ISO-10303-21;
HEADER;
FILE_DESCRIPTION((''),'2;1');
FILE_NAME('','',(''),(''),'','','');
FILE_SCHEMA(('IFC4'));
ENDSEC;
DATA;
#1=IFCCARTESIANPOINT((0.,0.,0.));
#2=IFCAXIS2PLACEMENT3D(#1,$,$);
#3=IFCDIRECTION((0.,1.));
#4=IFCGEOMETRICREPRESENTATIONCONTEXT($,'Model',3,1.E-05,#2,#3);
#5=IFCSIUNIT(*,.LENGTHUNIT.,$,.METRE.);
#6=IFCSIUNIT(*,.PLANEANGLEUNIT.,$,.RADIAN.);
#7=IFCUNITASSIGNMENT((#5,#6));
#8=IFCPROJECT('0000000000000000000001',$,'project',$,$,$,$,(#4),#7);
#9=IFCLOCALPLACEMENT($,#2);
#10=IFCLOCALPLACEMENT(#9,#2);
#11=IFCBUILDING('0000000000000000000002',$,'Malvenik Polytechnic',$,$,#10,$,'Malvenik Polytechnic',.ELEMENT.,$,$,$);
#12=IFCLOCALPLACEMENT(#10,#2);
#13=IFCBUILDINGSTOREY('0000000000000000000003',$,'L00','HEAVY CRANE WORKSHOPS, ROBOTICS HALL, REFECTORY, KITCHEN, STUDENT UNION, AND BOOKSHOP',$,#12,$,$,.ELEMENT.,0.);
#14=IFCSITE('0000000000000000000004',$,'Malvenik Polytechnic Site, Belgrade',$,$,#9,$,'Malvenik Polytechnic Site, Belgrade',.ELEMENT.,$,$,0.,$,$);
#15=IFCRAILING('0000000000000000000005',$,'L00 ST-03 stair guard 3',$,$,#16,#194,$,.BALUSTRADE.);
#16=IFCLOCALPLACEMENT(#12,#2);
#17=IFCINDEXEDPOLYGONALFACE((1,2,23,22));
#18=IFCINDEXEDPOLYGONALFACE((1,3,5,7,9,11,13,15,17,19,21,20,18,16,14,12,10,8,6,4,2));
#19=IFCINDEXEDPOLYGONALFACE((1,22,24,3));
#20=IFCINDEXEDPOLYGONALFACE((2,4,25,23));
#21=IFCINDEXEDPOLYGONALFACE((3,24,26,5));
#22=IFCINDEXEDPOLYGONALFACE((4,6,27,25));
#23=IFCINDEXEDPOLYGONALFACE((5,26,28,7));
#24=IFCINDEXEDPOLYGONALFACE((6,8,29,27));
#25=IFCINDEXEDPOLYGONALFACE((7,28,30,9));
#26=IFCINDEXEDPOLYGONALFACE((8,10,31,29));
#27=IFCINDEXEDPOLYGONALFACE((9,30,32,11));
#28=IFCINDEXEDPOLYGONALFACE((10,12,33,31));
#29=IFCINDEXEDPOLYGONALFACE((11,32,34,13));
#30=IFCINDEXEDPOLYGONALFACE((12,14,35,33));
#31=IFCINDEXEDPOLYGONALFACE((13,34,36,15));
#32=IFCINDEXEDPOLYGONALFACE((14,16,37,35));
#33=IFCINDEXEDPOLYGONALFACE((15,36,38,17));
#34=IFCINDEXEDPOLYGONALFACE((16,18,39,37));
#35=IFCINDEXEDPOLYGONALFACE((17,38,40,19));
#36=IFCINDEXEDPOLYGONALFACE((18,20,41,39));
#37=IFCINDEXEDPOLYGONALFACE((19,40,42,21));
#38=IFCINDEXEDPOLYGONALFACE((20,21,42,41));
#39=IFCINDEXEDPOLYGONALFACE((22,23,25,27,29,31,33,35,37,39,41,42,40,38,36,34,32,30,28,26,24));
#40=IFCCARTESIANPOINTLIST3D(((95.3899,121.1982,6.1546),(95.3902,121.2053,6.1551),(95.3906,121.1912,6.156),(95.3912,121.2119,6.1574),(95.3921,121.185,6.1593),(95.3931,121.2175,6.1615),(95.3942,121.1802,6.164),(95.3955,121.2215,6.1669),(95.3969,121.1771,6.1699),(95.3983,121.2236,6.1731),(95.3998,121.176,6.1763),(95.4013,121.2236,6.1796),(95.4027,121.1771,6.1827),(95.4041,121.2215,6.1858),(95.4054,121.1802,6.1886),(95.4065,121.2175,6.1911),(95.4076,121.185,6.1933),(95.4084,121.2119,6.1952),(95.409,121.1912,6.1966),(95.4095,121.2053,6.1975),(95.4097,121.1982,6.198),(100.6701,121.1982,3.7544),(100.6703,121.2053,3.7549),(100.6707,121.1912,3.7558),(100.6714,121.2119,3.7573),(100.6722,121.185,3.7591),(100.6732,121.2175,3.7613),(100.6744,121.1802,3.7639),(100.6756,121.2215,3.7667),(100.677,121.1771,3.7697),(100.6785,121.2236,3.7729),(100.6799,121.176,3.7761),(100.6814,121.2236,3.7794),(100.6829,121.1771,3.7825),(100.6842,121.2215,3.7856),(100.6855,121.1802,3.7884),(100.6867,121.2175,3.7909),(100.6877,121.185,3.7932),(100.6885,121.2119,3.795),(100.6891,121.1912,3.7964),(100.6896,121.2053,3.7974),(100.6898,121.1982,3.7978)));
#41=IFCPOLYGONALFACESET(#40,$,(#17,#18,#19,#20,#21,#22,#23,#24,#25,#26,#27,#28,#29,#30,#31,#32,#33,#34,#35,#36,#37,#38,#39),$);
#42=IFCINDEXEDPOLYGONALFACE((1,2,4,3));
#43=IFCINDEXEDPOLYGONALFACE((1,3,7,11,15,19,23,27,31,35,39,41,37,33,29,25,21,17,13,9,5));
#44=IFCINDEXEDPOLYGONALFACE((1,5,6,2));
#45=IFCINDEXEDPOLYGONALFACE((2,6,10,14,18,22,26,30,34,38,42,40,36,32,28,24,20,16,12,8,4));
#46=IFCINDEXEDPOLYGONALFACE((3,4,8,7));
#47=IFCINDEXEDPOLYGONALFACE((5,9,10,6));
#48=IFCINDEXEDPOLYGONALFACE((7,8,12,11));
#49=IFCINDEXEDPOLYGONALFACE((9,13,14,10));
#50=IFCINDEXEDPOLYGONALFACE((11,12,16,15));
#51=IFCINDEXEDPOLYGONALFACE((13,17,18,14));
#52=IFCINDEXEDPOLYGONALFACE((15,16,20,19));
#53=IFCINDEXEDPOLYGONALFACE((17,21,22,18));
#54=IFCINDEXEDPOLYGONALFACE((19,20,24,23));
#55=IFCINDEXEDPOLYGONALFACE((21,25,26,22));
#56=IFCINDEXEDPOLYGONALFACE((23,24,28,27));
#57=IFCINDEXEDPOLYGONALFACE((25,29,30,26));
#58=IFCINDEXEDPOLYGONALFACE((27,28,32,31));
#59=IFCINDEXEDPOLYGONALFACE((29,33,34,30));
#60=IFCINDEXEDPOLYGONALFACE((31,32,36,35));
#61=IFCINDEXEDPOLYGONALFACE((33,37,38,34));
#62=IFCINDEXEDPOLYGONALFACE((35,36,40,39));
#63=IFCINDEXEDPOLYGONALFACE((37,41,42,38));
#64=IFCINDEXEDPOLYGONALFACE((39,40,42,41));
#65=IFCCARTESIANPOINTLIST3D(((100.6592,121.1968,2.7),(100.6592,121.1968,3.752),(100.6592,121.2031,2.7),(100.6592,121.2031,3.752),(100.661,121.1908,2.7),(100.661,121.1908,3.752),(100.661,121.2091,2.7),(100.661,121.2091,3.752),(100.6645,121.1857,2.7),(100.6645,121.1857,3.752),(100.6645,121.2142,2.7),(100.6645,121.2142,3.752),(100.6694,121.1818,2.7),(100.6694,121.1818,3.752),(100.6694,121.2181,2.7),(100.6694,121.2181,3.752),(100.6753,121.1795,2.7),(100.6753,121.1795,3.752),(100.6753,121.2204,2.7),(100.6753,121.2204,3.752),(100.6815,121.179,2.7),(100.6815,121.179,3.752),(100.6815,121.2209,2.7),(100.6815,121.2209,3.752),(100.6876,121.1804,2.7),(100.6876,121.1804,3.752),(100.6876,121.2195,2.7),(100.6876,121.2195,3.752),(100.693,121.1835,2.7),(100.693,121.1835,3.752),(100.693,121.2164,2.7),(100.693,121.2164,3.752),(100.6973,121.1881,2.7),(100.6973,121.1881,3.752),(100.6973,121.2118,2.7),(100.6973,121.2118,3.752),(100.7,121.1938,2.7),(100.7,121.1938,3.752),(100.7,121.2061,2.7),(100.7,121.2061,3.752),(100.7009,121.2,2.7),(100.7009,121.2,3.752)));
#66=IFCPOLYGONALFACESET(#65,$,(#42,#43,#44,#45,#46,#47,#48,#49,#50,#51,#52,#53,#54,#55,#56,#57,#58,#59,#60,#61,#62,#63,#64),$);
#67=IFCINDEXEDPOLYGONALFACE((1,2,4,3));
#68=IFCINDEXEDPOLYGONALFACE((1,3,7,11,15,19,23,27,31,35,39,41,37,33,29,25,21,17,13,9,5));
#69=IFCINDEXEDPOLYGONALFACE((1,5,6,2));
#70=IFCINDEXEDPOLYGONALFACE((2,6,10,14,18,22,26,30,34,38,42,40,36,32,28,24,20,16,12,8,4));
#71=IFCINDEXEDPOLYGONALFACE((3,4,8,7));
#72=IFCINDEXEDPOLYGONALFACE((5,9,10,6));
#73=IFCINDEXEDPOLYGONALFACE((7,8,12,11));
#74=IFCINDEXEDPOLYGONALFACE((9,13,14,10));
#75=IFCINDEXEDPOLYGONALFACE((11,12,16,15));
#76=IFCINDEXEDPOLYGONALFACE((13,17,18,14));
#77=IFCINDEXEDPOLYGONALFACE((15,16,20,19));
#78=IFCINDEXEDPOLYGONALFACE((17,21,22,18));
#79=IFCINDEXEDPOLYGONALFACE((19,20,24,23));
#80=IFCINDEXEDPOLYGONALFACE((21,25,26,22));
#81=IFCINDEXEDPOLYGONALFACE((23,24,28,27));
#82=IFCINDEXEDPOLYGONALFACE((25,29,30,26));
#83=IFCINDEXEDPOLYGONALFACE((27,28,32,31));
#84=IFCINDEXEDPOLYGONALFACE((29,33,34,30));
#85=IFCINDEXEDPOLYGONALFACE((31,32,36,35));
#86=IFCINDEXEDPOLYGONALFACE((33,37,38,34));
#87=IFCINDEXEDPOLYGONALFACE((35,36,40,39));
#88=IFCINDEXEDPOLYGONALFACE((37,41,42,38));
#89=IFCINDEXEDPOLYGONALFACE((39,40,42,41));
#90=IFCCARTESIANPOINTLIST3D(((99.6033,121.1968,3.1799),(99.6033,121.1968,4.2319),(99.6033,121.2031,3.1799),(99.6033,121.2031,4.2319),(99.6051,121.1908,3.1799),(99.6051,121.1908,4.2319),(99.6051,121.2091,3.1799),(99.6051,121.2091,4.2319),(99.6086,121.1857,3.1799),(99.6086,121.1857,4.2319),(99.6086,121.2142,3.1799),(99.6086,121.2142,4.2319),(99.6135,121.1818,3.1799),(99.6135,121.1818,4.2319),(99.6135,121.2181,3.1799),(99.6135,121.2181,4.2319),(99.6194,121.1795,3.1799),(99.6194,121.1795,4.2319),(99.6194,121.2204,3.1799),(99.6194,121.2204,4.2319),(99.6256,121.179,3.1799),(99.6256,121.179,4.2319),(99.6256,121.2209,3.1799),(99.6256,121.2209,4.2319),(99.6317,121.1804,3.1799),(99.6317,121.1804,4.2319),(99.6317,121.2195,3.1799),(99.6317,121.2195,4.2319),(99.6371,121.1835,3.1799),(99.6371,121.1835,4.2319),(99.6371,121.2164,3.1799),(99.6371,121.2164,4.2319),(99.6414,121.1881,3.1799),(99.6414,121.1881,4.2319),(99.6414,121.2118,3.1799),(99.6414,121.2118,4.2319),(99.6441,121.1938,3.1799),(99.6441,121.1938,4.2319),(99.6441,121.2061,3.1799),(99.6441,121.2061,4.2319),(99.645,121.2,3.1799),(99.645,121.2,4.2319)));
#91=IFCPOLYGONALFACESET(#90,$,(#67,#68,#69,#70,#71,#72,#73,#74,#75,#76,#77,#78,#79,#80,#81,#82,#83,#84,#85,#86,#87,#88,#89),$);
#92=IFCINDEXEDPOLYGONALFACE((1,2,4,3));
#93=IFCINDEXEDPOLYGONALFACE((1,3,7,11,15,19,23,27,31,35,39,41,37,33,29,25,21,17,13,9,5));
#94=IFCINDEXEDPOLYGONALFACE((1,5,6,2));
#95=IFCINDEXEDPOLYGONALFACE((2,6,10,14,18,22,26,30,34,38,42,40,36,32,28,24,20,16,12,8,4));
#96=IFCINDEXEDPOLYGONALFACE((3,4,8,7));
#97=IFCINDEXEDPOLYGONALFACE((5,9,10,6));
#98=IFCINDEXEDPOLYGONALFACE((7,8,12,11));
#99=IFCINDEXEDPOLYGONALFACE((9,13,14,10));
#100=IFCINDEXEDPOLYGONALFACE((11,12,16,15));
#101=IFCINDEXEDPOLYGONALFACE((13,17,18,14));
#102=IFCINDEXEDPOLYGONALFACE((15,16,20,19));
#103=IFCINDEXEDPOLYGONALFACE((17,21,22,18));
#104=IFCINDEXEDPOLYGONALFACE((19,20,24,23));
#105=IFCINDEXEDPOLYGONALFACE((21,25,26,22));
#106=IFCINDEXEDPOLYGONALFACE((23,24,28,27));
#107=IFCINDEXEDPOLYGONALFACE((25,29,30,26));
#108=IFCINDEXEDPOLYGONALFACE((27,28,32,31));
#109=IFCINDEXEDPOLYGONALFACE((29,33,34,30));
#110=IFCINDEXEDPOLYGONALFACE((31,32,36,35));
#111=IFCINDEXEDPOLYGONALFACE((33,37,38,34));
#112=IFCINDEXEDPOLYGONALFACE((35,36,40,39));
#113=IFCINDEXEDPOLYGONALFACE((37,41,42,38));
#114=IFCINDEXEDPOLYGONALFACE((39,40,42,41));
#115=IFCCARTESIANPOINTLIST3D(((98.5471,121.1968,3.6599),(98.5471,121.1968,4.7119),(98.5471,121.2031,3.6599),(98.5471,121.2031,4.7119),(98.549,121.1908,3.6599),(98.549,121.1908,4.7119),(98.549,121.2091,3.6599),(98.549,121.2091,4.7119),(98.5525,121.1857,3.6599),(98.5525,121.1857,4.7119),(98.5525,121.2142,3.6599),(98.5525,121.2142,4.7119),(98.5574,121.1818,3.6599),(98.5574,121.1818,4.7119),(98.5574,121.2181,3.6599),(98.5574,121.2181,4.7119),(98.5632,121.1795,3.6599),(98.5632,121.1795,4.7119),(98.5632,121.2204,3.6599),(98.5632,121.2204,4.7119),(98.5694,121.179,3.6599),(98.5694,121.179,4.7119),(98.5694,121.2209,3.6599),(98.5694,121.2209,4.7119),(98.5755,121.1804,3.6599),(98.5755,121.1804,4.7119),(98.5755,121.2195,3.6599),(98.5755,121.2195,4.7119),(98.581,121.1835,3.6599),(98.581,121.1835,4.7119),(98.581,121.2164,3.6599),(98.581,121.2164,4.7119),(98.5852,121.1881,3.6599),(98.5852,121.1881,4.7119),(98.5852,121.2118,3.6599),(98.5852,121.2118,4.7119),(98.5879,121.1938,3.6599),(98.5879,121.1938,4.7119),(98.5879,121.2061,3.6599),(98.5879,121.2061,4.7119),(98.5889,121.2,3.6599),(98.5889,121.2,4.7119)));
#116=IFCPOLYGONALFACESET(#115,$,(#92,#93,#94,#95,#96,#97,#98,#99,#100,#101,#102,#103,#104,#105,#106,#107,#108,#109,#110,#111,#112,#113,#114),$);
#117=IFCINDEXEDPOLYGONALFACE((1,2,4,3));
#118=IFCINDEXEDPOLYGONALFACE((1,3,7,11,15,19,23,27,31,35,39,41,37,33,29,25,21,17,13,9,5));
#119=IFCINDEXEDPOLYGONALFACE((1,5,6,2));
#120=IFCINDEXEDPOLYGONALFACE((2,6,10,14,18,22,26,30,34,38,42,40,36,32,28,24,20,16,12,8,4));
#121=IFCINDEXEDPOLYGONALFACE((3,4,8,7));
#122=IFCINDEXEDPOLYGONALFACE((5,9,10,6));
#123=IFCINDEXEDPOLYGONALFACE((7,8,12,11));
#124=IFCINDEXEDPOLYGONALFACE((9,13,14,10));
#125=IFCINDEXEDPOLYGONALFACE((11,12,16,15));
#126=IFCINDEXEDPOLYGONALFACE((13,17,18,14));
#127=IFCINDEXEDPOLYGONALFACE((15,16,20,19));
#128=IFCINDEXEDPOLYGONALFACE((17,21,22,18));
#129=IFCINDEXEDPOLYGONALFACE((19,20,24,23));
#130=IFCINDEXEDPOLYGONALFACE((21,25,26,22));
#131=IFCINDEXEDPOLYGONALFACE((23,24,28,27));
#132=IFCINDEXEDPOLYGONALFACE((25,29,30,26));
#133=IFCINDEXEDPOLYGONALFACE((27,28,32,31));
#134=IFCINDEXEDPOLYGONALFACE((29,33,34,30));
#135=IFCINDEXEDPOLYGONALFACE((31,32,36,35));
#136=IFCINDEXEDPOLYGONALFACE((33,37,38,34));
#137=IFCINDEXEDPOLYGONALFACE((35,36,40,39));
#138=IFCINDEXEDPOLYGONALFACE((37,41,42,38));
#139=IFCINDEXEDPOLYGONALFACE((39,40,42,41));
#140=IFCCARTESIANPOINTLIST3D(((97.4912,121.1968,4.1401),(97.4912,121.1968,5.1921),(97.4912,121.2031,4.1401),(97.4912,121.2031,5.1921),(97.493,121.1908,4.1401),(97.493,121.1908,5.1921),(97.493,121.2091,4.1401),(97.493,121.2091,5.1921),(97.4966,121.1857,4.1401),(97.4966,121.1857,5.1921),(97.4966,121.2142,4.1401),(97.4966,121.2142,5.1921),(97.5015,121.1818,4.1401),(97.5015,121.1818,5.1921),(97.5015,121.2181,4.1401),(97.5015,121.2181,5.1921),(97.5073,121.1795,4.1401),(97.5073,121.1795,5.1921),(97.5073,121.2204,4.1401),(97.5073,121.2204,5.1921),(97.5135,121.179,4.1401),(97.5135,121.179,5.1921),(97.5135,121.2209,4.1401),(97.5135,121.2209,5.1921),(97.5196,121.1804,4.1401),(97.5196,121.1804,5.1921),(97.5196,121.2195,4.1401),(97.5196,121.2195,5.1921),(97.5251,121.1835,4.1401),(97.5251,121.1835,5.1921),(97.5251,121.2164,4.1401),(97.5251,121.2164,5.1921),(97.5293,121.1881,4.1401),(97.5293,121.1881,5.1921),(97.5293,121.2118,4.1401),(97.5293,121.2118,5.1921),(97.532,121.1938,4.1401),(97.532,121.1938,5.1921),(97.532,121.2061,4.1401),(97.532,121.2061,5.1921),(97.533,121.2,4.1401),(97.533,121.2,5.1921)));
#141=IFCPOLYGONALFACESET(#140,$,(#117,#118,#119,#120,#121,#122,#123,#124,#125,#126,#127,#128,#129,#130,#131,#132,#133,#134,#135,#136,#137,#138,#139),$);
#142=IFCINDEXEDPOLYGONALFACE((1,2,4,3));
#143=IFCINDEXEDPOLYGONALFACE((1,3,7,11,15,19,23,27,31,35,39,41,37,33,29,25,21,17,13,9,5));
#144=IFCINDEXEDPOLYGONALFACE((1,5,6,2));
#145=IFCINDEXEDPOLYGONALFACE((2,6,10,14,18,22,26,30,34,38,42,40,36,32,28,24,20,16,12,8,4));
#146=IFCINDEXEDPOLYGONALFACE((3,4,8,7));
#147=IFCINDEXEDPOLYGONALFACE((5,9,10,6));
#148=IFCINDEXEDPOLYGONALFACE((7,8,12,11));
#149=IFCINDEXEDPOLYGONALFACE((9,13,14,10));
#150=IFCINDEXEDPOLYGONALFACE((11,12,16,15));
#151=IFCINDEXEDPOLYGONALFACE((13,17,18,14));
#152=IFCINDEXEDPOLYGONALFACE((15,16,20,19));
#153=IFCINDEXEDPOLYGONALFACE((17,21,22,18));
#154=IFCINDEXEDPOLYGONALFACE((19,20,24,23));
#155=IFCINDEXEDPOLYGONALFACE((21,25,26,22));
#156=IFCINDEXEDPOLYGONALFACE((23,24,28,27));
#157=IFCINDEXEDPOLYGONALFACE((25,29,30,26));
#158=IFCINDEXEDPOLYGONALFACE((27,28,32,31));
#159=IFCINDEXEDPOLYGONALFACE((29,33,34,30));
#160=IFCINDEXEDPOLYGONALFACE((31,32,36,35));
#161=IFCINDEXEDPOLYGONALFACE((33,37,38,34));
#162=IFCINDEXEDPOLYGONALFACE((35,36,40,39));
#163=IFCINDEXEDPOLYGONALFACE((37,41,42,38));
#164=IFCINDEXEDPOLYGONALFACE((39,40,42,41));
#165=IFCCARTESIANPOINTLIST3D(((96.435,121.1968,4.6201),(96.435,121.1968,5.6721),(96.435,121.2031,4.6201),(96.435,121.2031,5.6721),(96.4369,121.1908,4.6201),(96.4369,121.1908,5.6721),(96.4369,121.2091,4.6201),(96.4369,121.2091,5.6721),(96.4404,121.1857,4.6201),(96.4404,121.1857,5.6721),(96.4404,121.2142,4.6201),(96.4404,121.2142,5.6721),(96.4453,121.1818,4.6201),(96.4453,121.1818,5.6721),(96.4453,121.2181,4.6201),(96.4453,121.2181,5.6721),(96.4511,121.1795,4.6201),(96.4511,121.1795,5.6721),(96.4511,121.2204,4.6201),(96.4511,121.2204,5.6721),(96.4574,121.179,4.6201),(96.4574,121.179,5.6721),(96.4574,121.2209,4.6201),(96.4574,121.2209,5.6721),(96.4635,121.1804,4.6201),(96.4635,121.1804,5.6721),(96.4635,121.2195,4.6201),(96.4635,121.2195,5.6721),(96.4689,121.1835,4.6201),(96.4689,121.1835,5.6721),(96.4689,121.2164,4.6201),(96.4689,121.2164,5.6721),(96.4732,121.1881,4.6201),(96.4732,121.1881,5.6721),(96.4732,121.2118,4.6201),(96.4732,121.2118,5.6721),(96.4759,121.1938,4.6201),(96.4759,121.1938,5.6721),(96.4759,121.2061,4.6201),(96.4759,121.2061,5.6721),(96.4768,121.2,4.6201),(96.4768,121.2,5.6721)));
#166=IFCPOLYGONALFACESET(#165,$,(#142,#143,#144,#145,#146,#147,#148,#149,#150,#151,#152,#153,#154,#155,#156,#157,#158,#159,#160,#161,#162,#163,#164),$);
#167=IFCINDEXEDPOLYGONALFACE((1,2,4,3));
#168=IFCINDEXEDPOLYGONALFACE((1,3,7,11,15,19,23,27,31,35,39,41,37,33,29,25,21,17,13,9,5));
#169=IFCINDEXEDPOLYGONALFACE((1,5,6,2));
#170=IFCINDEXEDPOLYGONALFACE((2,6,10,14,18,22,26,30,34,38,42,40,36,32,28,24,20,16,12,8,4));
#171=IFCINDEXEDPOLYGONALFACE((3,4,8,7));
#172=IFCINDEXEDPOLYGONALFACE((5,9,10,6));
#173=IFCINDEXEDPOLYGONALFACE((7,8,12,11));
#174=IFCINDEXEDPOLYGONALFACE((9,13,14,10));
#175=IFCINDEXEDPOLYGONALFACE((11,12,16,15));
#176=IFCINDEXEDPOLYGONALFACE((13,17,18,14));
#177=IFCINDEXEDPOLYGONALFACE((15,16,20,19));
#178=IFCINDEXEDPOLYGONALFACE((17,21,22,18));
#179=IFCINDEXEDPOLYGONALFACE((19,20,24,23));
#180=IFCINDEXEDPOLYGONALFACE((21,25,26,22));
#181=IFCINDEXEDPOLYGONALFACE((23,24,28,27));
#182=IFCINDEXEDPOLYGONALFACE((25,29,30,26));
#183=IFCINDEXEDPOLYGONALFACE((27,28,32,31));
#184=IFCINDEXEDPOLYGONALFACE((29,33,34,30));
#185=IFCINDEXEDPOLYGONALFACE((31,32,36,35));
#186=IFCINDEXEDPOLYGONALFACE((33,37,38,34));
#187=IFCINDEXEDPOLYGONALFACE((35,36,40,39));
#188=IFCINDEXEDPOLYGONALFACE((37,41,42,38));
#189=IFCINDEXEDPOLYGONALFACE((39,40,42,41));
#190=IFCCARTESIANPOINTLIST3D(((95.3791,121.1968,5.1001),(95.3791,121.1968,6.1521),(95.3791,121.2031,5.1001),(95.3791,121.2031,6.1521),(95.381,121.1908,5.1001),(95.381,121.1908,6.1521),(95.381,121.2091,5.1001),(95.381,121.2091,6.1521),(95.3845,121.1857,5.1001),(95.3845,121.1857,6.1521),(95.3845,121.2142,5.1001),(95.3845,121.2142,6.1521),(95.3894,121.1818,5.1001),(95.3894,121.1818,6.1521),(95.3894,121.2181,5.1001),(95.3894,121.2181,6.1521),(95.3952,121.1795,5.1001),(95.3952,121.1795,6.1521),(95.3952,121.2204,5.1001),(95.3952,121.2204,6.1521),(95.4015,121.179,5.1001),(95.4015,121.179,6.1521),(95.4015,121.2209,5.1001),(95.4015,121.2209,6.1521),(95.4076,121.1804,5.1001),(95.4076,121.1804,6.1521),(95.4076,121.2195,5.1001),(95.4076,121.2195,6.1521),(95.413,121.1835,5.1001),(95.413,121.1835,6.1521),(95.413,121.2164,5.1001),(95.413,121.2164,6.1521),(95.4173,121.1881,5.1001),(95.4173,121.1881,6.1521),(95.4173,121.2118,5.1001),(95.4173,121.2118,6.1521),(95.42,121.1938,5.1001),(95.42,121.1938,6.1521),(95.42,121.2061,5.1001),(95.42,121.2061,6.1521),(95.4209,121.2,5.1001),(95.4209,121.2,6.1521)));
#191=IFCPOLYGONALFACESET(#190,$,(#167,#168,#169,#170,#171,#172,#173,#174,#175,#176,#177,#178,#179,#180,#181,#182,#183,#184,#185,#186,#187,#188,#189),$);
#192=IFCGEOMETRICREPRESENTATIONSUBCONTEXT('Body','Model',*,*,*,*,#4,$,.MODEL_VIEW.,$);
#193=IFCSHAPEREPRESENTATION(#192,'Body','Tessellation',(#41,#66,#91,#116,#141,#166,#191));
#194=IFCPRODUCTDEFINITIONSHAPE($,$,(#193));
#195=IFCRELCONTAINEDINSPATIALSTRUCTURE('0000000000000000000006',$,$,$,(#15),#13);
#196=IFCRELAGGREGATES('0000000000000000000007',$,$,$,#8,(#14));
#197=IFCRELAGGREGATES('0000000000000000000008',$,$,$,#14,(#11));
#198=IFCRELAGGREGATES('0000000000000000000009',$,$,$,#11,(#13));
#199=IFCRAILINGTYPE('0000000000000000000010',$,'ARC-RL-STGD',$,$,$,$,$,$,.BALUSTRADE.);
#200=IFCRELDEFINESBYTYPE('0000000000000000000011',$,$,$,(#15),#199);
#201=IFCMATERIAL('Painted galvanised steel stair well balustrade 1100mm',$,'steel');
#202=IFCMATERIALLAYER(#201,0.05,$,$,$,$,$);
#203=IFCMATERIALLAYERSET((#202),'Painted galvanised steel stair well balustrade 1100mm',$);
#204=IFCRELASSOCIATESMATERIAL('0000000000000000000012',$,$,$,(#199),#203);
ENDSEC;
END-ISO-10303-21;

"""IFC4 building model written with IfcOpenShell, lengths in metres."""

from ifc_helpers import new_model, si_unit, direction, frame, origin, origin_2d, place, context, subcontext, project, spatial, circle, extrude, material, layer, layer_set, type_object, element, save


model = new_model("IFC4")

# Units and contexts
model_context = context("Model", 3, precision=1e-05, world=origin(), true_north=direction((0.0, 1.0)))
body_context = subcontext(model_context, "Body", "Model", "MODEL_VIEW")
ifc_project = project(units=[si_unit("LENGTHUNIT", "METRE"), si_unit("PLANEANGLEUNIT", "RADIAN")], contexts=[model_context])

# Site, building, storey
site_placement = place(None, origin())
site = spatial("IfcSite", under=ifc_project, at=site_placement, Name="Malvenik Polytechnic Site, Belgrade", LongName="Malvenik Polytechnic Site, Belgrade", CompositionType="ELEMENT", RefElevation=0.0)
building_placement = place(site_placement, origin())
building = spatial("IfcBuilding", under=site, at=building_placement, Name="Malvenik Polytechnic", LongName="Malvenik Polytechnic", CompositionType="ELEMENT")
storey_placement = place(building_placement, origin())
storey = spatial("IfcBuildingStorey", under=building, at=storey_placement, Name="L00", Description="HEAVY CRANE WORKSHOPS, ROBOTICS HALL, REFECTORY, KITCHEN, STUDENT UNION, AND BOOKSHOP", CompositionType="ELEMENT", Elevation=0.0)

# Railing
ifc_material_1 = material(Name="Painted galvanised steel stair well balustrade 1100mm", Category="steel")
ifc_layer_1 = layer(ifc_material_1, 0.05)
ifc_layer_set_1 = layer_set([ifc_layer_1], Name="Painted galvanised steel stair well balustrade 1100mm")
railing_type_1 = type_object("IfcRailingType", Name="ARC-RL-STGD", PredefinedType="BALUSTRADE", material=ifc_layer_set_1)
railing_1_placement = place(storey_placement, frame((100.6799, 121.2, 2.7)))
element("IfcRailing", 1, at=railing_1_placement, inside=storey, type_object=railing_type_1, Name="L00 ST-03 stair guard 3", PredefinedType="BALUSTRADE", context=body_context, shape_type="SweptSolid", body=[
    extrude(circle(Radius=0.0239, at=origin_2d()), frame((0.0, 0.0, 1.0762), z_axis=(-0.910358, 0.0, 0.413822), x_axis=(0.0, -1.0, 0.0)), (0.0, 0.0, 1.0), 5.8),
    extrude(circle(Radius=0.021, at=origin_2d()), origin(), (0.0, 0.0, 1.0), 1.052),
    extrude(circle(Radius=0.021, at=origin_2d()), frame((-1.0559, 0.0, 0.48)), (0.0, 0.0, 1.0), 1.052),
    extrude(circle(Radius=0.021, at=origin_2d()), frame((-2.1121, 0.0, 0.96)), (0.0, 0.0, 1.0), 1.052),
    extrude(circle(Radius=0.021, at=origin_2d()), frame((-3.168, 0.0, 1.4402)), (0.0, 0.0, 1.0), 1.052),
    extrude(circle(Radius=0.021, at=origin_2d()), frame((-4.2241, 0.0, 1.9202)), (0.0, 0.0, 1.0), 1.052),
    extrude(circle(Radius=0.021, at=origin_2d()), frame((-5.28, 0.0, 2.4001)), (0.0, 0.0, 1.0), 1.052),
])

save(model, "model.ifc")
